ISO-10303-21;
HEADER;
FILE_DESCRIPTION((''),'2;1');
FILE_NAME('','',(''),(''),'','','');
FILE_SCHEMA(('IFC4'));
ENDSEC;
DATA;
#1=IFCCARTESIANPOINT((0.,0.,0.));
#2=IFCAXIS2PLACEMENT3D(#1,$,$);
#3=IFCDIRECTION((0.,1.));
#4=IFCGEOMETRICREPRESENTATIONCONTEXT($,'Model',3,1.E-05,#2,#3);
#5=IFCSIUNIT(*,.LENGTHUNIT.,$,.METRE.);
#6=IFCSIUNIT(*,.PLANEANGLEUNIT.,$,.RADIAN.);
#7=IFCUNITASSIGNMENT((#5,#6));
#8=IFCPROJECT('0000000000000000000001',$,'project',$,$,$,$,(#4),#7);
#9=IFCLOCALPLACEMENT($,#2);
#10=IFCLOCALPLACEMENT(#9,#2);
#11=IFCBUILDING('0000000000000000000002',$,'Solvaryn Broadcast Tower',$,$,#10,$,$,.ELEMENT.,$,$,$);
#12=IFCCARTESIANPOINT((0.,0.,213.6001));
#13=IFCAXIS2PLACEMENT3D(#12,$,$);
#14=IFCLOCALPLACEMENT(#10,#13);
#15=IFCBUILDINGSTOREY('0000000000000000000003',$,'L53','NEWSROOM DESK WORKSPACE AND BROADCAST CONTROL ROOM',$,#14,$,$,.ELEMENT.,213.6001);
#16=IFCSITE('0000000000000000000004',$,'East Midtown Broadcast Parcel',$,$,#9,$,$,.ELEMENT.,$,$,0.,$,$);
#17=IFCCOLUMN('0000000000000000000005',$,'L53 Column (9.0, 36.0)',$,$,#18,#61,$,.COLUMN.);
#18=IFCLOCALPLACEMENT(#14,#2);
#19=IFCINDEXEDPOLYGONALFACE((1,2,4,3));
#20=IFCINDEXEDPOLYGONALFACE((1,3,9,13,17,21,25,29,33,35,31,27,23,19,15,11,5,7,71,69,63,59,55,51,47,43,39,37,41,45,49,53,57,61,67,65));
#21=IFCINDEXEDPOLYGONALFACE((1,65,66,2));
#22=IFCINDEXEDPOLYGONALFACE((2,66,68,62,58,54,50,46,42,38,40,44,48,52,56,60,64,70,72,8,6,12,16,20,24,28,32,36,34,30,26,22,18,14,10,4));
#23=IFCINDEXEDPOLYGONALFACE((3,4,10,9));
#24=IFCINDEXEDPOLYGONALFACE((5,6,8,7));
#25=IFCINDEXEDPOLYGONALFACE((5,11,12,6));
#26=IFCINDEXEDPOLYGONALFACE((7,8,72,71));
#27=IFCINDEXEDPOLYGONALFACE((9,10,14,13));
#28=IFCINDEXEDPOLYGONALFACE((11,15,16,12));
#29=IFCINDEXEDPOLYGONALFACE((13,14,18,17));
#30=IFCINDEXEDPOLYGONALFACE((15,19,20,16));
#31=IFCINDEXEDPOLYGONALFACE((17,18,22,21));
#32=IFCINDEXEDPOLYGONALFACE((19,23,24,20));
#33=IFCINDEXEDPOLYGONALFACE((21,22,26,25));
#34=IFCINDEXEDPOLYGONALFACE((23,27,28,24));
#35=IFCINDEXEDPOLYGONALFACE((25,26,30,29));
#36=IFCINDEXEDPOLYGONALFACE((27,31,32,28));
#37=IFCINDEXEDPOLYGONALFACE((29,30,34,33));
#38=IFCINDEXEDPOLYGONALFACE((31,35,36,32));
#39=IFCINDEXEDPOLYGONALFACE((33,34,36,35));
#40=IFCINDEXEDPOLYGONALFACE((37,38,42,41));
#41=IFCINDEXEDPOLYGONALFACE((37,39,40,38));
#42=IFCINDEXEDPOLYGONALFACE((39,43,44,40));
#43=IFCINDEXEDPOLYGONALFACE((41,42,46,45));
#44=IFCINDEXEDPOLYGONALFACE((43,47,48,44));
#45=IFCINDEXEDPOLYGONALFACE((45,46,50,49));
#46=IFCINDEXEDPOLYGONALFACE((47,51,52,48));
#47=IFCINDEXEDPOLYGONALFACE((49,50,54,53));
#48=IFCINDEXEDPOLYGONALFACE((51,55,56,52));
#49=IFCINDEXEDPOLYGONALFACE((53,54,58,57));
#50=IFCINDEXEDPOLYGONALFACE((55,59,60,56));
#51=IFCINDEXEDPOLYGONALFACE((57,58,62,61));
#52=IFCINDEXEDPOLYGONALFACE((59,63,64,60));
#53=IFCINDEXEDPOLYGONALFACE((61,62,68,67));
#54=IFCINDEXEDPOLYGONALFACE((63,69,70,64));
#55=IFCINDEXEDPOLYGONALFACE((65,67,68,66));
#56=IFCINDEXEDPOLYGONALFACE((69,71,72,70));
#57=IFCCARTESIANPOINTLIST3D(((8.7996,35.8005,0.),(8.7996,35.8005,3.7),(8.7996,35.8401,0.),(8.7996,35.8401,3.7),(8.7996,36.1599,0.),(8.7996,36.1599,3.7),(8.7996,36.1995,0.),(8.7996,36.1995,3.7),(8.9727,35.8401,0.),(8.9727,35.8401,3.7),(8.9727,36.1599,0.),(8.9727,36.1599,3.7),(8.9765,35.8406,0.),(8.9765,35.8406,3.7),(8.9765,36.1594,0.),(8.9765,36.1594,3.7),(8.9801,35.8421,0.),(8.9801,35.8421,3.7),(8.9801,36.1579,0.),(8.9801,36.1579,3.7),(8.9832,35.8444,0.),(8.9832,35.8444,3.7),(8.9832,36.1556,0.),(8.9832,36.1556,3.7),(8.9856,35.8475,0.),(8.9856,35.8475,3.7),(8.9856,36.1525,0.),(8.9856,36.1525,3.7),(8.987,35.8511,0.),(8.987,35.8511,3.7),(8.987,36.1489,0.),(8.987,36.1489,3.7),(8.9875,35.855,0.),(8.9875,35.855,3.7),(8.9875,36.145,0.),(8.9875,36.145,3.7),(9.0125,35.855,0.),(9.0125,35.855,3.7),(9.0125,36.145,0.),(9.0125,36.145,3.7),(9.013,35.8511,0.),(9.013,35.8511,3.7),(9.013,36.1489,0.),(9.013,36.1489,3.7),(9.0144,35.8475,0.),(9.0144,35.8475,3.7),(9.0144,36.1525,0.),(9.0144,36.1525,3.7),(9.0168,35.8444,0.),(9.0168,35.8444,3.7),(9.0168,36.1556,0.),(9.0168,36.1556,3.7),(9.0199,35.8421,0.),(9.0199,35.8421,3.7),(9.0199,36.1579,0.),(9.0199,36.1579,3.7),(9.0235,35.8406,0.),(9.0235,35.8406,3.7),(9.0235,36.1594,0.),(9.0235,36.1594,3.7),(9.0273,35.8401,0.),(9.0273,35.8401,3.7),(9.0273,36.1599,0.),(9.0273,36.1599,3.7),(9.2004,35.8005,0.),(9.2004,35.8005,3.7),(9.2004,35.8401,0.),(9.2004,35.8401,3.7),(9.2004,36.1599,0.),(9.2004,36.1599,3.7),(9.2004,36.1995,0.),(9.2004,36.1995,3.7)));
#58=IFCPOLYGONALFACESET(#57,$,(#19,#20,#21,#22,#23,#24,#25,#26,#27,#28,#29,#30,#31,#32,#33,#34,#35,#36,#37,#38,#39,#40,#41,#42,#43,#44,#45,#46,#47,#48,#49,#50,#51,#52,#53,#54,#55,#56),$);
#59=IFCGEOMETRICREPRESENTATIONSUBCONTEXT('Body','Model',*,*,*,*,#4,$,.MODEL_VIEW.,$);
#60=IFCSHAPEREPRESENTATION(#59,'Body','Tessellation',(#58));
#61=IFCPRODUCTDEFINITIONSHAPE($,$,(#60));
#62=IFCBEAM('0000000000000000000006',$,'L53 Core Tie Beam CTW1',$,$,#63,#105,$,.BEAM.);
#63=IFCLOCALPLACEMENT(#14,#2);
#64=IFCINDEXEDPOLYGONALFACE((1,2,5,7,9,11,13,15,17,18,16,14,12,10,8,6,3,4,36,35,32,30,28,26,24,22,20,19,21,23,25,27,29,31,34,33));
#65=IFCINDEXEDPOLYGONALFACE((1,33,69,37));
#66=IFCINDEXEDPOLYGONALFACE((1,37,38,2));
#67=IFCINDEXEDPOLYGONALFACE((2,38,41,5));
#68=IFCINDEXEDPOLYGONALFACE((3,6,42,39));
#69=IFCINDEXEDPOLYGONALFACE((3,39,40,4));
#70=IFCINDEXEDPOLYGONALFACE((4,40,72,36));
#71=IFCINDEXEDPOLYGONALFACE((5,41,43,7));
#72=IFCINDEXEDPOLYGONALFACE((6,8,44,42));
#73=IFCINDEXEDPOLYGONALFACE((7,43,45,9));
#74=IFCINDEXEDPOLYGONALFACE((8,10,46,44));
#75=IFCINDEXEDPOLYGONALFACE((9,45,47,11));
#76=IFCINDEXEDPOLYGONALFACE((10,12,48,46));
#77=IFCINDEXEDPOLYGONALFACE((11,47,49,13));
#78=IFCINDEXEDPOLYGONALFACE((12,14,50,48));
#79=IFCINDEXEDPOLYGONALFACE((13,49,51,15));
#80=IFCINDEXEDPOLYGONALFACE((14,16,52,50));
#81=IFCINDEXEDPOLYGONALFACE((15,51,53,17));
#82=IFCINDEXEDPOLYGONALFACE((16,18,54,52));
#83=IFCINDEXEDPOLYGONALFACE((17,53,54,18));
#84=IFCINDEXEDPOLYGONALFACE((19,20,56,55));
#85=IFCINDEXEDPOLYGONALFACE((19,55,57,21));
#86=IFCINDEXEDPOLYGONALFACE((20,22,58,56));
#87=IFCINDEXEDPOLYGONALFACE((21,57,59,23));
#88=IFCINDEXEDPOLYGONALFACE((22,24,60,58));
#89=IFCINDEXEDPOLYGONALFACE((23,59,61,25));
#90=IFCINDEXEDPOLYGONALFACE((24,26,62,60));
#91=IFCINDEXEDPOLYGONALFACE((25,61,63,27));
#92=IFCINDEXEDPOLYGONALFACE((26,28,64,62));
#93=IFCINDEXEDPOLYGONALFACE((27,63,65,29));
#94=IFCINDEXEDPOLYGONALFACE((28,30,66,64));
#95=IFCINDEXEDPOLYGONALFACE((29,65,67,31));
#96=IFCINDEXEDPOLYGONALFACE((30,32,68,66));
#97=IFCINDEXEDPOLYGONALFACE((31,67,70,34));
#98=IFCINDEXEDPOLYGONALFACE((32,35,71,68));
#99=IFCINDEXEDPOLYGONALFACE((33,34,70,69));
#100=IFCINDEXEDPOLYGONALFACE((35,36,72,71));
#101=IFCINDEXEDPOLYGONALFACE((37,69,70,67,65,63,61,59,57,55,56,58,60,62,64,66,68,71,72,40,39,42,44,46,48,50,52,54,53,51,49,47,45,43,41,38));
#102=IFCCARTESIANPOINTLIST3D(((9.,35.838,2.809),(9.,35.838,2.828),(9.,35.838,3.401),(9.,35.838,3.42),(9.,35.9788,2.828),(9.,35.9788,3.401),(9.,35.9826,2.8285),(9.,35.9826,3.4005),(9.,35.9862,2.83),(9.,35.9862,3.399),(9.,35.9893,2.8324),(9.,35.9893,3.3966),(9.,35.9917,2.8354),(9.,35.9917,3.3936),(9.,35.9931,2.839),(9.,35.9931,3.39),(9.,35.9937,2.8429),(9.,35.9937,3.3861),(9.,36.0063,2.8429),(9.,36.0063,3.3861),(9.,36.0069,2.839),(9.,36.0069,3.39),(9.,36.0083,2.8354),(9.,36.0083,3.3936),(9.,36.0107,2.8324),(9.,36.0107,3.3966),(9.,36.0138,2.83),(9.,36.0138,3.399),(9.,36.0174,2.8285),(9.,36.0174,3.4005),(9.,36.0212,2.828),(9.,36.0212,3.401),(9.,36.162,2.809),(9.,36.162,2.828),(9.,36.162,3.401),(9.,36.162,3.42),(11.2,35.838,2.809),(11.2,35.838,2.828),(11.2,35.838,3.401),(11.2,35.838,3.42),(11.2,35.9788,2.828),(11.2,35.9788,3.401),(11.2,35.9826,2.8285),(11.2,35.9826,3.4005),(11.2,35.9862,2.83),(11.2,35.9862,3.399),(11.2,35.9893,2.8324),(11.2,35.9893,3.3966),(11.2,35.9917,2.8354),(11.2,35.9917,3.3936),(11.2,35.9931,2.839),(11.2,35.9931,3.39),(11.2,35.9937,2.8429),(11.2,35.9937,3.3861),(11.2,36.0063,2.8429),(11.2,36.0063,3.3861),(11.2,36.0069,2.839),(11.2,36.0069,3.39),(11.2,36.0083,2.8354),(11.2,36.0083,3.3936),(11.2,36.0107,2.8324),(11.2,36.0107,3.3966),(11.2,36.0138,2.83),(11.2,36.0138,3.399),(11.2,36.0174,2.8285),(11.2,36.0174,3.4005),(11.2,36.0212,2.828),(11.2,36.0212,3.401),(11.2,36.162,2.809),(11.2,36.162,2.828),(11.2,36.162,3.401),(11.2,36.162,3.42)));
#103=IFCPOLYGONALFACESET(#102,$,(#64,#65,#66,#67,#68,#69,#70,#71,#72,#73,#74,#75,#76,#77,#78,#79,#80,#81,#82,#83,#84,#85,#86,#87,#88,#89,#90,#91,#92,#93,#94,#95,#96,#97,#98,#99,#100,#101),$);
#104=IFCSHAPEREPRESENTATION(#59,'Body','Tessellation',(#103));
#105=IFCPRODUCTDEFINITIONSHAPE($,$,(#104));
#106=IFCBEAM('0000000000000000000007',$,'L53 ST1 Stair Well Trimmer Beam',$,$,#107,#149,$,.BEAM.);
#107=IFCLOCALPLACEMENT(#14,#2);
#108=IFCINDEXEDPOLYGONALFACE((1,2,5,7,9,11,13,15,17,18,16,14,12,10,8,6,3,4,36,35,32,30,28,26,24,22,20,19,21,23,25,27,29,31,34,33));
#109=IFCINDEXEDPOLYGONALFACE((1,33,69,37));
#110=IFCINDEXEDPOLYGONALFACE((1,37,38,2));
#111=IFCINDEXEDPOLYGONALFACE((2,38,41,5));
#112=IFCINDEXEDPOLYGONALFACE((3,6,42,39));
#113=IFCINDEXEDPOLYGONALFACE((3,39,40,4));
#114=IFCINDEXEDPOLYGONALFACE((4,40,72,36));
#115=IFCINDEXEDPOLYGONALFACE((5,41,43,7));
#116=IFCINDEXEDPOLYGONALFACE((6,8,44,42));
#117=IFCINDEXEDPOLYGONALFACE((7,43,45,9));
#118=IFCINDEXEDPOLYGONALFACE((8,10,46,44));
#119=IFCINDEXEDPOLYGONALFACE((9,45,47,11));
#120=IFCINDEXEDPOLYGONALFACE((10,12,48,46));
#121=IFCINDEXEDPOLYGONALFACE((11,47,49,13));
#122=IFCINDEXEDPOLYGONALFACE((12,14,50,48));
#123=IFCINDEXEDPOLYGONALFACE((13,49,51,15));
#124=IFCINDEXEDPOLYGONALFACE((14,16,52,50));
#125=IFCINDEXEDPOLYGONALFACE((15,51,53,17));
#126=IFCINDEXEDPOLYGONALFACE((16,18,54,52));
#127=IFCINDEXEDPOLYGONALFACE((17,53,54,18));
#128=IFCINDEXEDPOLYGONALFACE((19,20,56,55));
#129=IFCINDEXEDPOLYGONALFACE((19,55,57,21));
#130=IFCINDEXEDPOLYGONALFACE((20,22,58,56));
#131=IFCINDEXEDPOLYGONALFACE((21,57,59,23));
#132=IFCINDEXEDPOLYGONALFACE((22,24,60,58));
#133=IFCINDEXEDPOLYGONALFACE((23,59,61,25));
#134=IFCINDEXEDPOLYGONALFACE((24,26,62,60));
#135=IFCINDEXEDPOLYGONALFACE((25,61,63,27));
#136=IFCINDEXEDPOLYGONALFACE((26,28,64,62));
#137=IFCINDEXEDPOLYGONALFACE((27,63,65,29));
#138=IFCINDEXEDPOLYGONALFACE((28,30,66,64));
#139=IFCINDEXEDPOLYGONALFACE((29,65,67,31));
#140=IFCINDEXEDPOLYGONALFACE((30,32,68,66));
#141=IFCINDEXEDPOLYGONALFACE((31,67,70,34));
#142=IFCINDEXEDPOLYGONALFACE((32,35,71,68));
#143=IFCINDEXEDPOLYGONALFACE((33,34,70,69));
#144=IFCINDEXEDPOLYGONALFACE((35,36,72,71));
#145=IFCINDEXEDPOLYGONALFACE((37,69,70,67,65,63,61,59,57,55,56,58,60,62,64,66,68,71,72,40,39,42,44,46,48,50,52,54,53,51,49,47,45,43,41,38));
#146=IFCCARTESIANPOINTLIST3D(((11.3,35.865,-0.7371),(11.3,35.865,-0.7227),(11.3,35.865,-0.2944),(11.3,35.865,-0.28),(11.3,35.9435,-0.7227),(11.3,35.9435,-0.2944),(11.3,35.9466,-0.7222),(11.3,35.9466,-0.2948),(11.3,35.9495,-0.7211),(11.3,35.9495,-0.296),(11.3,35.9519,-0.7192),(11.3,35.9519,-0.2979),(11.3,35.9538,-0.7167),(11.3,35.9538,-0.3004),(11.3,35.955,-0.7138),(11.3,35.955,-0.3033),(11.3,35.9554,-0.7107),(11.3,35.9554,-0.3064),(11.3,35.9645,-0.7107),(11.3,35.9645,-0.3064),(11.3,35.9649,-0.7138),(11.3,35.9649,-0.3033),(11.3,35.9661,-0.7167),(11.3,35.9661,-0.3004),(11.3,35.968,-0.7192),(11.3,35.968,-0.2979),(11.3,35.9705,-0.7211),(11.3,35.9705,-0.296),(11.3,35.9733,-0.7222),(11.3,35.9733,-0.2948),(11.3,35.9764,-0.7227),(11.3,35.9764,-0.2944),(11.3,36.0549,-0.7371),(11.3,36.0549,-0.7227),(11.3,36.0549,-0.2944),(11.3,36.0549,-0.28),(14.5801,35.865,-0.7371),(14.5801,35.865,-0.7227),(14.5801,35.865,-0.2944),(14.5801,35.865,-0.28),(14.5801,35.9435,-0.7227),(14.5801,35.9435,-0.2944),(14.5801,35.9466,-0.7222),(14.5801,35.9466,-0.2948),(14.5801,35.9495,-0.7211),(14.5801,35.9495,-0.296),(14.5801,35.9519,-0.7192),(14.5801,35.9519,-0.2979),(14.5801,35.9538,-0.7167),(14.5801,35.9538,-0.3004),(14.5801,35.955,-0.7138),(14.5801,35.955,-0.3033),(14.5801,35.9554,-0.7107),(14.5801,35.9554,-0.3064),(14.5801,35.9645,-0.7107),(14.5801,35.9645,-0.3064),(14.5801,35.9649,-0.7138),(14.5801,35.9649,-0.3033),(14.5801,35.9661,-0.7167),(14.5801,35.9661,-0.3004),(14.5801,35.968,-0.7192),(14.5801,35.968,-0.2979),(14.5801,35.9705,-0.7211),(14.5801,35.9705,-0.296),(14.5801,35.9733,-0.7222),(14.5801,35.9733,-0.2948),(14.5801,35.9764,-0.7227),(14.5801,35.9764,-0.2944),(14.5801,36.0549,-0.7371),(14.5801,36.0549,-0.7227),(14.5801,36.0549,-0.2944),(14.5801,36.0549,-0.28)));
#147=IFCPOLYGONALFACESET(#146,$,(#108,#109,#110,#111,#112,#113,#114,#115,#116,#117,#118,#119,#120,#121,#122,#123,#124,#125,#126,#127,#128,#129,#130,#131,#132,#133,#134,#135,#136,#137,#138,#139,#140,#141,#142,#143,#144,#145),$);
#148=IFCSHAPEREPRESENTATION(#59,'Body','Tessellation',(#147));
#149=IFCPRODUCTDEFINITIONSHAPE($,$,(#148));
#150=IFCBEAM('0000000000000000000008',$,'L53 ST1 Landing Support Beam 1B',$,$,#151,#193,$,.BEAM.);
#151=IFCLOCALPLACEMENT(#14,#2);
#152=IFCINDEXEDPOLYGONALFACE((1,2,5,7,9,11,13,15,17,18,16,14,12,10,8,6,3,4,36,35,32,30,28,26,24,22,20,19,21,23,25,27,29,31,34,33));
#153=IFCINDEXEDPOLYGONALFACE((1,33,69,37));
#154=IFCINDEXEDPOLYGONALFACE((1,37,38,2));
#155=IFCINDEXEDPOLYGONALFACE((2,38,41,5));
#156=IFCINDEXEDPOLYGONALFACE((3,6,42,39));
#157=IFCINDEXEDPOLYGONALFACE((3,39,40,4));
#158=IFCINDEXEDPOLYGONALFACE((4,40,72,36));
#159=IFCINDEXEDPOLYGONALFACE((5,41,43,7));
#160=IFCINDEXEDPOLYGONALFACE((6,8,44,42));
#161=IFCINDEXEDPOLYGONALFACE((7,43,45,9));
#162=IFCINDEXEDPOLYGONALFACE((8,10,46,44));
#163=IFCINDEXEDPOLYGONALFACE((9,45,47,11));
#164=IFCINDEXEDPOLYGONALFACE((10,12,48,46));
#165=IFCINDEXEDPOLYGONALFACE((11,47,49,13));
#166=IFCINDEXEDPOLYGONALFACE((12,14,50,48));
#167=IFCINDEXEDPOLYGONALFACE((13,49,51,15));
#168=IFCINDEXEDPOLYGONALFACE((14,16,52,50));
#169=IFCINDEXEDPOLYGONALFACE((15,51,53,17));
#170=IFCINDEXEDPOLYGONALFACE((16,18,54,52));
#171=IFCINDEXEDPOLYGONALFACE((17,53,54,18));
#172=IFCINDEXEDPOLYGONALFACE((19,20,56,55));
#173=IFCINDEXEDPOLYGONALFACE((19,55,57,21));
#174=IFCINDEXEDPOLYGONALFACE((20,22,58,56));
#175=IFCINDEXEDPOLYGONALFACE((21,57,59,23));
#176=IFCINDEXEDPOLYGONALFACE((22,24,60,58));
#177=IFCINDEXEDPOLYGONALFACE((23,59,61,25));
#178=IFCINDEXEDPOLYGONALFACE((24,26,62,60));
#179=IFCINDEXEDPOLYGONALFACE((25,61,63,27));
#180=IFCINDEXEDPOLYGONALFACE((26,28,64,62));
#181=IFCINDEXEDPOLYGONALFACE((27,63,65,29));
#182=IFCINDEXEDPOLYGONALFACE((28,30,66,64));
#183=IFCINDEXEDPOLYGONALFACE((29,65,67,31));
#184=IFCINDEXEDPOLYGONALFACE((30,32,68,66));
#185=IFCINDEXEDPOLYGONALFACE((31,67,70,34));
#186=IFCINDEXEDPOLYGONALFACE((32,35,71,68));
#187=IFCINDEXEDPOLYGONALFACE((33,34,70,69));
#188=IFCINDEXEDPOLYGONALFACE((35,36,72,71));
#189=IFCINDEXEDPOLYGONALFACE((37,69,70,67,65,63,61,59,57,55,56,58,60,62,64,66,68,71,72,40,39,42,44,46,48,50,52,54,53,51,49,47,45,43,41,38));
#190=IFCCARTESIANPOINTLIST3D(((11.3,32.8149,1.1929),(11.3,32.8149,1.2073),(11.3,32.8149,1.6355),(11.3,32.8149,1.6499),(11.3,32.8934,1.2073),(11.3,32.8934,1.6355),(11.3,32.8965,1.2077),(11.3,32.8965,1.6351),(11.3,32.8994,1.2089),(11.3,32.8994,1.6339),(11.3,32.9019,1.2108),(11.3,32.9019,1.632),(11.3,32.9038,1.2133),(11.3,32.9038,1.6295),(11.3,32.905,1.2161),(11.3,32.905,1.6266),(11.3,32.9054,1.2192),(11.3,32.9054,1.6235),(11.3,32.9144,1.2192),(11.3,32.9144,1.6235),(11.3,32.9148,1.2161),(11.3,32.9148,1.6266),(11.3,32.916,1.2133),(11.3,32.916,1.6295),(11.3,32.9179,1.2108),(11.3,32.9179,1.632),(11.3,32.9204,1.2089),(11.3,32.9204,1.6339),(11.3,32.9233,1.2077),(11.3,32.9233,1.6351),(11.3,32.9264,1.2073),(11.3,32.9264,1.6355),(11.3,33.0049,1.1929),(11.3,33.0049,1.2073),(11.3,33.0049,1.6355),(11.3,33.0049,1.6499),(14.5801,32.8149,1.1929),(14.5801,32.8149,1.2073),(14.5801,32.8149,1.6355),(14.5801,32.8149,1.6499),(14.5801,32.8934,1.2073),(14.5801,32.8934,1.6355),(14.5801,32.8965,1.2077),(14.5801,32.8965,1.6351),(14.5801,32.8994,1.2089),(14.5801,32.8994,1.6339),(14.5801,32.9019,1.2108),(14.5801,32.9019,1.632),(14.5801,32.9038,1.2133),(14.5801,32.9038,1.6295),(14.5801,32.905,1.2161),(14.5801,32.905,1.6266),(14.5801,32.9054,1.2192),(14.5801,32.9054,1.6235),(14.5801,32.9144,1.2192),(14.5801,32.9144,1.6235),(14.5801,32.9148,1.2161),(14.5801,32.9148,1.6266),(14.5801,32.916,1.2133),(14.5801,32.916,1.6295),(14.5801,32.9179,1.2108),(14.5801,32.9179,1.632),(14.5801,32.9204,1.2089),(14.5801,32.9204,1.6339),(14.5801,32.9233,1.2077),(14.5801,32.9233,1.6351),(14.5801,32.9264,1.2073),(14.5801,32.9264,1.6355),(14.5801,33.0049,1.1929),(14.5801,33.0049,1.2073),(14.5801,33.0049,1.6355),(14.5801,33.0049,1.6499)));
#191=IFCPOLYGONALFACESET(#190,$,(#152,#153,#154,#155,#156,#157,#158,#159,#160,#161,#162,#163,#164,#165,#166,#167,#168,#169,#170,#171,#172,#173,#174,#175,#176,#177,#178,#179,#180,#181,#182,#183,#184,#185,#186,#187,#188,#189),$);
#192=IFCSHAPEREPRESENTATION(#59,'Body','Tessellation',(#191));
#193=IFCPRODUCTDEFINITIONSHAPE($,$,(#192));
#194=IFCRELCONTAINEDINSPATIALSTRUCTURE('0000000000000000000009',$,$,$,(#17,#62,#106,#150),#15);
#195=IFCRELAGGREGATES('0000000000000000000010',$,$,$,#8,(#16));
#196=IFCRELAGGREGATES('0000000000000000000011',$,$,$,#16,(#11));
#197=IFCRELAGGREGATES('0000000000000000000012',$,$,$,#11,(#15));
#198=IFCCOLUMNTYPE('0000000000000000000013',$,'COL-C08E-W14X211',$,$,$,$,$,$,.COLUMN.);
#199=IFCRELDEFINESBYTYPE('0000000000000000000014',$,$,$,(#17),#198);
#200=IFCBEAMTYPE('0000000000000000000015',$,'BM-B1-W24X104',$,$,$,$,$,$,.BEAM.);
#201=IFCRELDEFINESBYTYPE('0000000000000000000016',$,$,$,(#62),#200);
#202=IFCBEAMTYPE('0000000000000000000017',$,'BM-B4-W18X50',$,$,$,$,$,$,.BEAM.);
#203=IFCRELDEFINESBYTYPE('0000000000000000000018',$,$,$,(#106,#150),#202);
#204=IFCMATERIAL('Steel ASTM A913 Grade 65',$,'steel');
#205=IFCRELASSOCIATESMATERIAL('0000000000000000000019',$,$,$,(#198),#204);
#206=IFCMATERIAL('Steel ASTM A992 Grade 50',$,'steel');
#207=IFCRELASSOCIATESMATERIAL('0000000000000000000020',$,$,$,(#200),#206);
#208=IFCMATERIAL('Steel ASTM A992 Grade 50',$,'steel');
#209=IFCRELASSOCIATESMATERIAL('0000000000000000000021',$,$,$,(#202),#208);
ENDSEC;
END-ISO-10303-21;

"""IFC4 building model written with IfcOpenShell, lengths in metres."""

from ifc_helpers import new_model, si_unit, direction, frame, origin, origin_2d, place, context, subcontext, project, spatial, i_section, extrude, material, material_profile, profile_set, type_object, element, save


model = new_model("IFC4")

# Units and contexts
model_context = context("Model", 3, precision=1e-05, world=origin(), true_north=direction((0.0, 1.0)))
body_context = subcontext(model_context, "Body", "Model", "MODEL_VIEW")
ifc_project = project(units=[si_unit("LENGTHUNIT", "METRE"), si_unit("PLANEANGLEUNIT", "RADIAN")], contexts=[model_context])

# Site, building, storey
site_placement = place(None, origin())
site = spatial("IfcSite", under=ifc_project, at=site_placement, Name="East Midtown Broadcast Parcel", CompositionType="ELEMENT", RefElevation=0.0)
building_placement = place(site_placement, origin())
building = spatial("IfcBuilding", under=site, at=building_placement, Name="Solvaryn Broadcast Tower", CompositionType="ELEMENT")
storey_placement = place(building_placement, frame((0.0, 0.0, 213.6001)))
storey = spatial("IfcBuildingStorey", under=building, at=storey_placement, Name="L53", Description="NEWSROOM DESK WORKSPACE AND BROADCAST CONTROL ROOM", CompositionType="ELEMENT", Elevation=213.6001)

# Column
ifc_material_1 = material(Name="Steel ASTM A913 Grade 65", Category="steel")
ifc_material_profile_1 = material_profile(ifc_material_1, i_section(OverallWidth=0.4009, OverallDepth=0.3989, WebThickness=0.0249, FlangeThickness=0.0396, FilletRadius=0.0149, at=origin_2d()))
ifc_profile_set_1 = profile_set([ifc_material_profile_1], Name="Steel ASTM A913 Grade 65")
column_type = type_object("IfcColumnType", Name="COL-C08E-W14X211", PredefinedType="COLUMN", material=ifc_profile_set_1)
column_placement = place(storey_placement, frame((9.0, 36.0, 0.0), z_axis=(0.0, 0.0, 1.0), x_axis=(1.0, 0.0, 0.0)))
element("IfcColumn", 1, at=column_placement, inside=storey, type_object=column_type, Name="L53 Column (9.0, 36.0)", PredefinedType="COLUMN", context=body_context, shape_type="SweptSolid", body=[
    extrude(i_section(OverallWidth=0.4009, OverallDepth=0.3989, WebThickness=0.0249, FlangeThickness=0.0396, FilletRadius=0.0149, at=origin_2d()), origin(), (0.0, 0.0, 1.0), 3.7),
])

# Beams
ifc_material_2 = material(Name="Steel ASTM A992 Grade 50", Category="steel")
ifc_material_profile_2 = material_profile(ifc_material_2, i_section(OverallWidth=0.324, OverallDepth=0.6111, WebThickness=0.0127, FlangeThickness=0.019, FilletRadius=0.0149, at=origin_2d()))
ifc_profile_set_2 = profile_set([ifc_material_profile_2], Name="Steel ASTM A992 Grade 50")
beam_type_1 = type_object("IfcBeamType", Name="BM-B1-W24X104", PredefinedType="BEAM", material=ifc_profile_set_2)
beam_1_placement = place(storey_placement, frame((9.0, 36.0, 3.1145), z_axis=(1.0, 0.0, 0.0), x_axis=(0.0, 1.0, 0.0)))
element("IfcBeam", 2, at=beam_1_placement, inside=storey, type_object=beam_type_1, Name="L53 Core Tie Beam CTW1", PredefinedType="BEAM", context=body_context, shape_type="SweptSolid", body=[
    extrude(i_section(OverallWidth=0.324, OverallDepth=0.6111, WebThickness=0.0127, FlangeThickness=0.019, FilletRadius=0.0149, at=origin_2d()), origin(), (0.0, 0.0, 1.0), 2.2),
])
ifc_material_3 = material(Name="Steel ASTM A992 Grade 50", Category="steel")
ifc_material_profile_3 = material_profile(ifc_material_3, i_section(OverallWidth=0.1899, OverallDepth=0.457, WebThickness=0.009, FlangeThickness=0.0144, FilletRadius=0.012, at=origin_2d()))
ifc_profile_set_3 = profile_set([ifc_material_profile_3], Name="Steel ASTM A992 Grade 50")
beam_type_2 = type_object("IfcBeamType", Name="BM-B4-W18X50", PredefinedType="BEAM", material=ifc_profile_set_3)
for number, where, z_axis, x_axis, name in (
    (3, (11.3, 35.96, -0.5085), (1.0, 0.0, 0.0), (0.0, 1.0, 0.0), "L53 ST1 Stair Well Trimmer Beam"),
    (4, (11.3, 32.9099, 1.4214), (1.0, 0.0, 0.0), (0.0, 1.0, 0.0), "L53 ST1 Landing Support Beam 1B"),
):
    element("IfcBeam", number, at=place(storey_placement, frame(where, z_axis=z_axis, x_axis=x_axis)), inside=storey, type_object=beam_type_2, Name=name, PredefinedType="BEAM", context=body_context, shape_type="SweptSolid", body=[
        extrude(i_section(OverallWidth=0.1899, OverallDepth=0.457, WebThickness=0.009, FlangeThickness=0.0144, FilletRadius=0.012, at=origin_2d()), origin(), (0.0, 0.0, 1.0), 3.28),
    ])

save(model, "model.ifc")
